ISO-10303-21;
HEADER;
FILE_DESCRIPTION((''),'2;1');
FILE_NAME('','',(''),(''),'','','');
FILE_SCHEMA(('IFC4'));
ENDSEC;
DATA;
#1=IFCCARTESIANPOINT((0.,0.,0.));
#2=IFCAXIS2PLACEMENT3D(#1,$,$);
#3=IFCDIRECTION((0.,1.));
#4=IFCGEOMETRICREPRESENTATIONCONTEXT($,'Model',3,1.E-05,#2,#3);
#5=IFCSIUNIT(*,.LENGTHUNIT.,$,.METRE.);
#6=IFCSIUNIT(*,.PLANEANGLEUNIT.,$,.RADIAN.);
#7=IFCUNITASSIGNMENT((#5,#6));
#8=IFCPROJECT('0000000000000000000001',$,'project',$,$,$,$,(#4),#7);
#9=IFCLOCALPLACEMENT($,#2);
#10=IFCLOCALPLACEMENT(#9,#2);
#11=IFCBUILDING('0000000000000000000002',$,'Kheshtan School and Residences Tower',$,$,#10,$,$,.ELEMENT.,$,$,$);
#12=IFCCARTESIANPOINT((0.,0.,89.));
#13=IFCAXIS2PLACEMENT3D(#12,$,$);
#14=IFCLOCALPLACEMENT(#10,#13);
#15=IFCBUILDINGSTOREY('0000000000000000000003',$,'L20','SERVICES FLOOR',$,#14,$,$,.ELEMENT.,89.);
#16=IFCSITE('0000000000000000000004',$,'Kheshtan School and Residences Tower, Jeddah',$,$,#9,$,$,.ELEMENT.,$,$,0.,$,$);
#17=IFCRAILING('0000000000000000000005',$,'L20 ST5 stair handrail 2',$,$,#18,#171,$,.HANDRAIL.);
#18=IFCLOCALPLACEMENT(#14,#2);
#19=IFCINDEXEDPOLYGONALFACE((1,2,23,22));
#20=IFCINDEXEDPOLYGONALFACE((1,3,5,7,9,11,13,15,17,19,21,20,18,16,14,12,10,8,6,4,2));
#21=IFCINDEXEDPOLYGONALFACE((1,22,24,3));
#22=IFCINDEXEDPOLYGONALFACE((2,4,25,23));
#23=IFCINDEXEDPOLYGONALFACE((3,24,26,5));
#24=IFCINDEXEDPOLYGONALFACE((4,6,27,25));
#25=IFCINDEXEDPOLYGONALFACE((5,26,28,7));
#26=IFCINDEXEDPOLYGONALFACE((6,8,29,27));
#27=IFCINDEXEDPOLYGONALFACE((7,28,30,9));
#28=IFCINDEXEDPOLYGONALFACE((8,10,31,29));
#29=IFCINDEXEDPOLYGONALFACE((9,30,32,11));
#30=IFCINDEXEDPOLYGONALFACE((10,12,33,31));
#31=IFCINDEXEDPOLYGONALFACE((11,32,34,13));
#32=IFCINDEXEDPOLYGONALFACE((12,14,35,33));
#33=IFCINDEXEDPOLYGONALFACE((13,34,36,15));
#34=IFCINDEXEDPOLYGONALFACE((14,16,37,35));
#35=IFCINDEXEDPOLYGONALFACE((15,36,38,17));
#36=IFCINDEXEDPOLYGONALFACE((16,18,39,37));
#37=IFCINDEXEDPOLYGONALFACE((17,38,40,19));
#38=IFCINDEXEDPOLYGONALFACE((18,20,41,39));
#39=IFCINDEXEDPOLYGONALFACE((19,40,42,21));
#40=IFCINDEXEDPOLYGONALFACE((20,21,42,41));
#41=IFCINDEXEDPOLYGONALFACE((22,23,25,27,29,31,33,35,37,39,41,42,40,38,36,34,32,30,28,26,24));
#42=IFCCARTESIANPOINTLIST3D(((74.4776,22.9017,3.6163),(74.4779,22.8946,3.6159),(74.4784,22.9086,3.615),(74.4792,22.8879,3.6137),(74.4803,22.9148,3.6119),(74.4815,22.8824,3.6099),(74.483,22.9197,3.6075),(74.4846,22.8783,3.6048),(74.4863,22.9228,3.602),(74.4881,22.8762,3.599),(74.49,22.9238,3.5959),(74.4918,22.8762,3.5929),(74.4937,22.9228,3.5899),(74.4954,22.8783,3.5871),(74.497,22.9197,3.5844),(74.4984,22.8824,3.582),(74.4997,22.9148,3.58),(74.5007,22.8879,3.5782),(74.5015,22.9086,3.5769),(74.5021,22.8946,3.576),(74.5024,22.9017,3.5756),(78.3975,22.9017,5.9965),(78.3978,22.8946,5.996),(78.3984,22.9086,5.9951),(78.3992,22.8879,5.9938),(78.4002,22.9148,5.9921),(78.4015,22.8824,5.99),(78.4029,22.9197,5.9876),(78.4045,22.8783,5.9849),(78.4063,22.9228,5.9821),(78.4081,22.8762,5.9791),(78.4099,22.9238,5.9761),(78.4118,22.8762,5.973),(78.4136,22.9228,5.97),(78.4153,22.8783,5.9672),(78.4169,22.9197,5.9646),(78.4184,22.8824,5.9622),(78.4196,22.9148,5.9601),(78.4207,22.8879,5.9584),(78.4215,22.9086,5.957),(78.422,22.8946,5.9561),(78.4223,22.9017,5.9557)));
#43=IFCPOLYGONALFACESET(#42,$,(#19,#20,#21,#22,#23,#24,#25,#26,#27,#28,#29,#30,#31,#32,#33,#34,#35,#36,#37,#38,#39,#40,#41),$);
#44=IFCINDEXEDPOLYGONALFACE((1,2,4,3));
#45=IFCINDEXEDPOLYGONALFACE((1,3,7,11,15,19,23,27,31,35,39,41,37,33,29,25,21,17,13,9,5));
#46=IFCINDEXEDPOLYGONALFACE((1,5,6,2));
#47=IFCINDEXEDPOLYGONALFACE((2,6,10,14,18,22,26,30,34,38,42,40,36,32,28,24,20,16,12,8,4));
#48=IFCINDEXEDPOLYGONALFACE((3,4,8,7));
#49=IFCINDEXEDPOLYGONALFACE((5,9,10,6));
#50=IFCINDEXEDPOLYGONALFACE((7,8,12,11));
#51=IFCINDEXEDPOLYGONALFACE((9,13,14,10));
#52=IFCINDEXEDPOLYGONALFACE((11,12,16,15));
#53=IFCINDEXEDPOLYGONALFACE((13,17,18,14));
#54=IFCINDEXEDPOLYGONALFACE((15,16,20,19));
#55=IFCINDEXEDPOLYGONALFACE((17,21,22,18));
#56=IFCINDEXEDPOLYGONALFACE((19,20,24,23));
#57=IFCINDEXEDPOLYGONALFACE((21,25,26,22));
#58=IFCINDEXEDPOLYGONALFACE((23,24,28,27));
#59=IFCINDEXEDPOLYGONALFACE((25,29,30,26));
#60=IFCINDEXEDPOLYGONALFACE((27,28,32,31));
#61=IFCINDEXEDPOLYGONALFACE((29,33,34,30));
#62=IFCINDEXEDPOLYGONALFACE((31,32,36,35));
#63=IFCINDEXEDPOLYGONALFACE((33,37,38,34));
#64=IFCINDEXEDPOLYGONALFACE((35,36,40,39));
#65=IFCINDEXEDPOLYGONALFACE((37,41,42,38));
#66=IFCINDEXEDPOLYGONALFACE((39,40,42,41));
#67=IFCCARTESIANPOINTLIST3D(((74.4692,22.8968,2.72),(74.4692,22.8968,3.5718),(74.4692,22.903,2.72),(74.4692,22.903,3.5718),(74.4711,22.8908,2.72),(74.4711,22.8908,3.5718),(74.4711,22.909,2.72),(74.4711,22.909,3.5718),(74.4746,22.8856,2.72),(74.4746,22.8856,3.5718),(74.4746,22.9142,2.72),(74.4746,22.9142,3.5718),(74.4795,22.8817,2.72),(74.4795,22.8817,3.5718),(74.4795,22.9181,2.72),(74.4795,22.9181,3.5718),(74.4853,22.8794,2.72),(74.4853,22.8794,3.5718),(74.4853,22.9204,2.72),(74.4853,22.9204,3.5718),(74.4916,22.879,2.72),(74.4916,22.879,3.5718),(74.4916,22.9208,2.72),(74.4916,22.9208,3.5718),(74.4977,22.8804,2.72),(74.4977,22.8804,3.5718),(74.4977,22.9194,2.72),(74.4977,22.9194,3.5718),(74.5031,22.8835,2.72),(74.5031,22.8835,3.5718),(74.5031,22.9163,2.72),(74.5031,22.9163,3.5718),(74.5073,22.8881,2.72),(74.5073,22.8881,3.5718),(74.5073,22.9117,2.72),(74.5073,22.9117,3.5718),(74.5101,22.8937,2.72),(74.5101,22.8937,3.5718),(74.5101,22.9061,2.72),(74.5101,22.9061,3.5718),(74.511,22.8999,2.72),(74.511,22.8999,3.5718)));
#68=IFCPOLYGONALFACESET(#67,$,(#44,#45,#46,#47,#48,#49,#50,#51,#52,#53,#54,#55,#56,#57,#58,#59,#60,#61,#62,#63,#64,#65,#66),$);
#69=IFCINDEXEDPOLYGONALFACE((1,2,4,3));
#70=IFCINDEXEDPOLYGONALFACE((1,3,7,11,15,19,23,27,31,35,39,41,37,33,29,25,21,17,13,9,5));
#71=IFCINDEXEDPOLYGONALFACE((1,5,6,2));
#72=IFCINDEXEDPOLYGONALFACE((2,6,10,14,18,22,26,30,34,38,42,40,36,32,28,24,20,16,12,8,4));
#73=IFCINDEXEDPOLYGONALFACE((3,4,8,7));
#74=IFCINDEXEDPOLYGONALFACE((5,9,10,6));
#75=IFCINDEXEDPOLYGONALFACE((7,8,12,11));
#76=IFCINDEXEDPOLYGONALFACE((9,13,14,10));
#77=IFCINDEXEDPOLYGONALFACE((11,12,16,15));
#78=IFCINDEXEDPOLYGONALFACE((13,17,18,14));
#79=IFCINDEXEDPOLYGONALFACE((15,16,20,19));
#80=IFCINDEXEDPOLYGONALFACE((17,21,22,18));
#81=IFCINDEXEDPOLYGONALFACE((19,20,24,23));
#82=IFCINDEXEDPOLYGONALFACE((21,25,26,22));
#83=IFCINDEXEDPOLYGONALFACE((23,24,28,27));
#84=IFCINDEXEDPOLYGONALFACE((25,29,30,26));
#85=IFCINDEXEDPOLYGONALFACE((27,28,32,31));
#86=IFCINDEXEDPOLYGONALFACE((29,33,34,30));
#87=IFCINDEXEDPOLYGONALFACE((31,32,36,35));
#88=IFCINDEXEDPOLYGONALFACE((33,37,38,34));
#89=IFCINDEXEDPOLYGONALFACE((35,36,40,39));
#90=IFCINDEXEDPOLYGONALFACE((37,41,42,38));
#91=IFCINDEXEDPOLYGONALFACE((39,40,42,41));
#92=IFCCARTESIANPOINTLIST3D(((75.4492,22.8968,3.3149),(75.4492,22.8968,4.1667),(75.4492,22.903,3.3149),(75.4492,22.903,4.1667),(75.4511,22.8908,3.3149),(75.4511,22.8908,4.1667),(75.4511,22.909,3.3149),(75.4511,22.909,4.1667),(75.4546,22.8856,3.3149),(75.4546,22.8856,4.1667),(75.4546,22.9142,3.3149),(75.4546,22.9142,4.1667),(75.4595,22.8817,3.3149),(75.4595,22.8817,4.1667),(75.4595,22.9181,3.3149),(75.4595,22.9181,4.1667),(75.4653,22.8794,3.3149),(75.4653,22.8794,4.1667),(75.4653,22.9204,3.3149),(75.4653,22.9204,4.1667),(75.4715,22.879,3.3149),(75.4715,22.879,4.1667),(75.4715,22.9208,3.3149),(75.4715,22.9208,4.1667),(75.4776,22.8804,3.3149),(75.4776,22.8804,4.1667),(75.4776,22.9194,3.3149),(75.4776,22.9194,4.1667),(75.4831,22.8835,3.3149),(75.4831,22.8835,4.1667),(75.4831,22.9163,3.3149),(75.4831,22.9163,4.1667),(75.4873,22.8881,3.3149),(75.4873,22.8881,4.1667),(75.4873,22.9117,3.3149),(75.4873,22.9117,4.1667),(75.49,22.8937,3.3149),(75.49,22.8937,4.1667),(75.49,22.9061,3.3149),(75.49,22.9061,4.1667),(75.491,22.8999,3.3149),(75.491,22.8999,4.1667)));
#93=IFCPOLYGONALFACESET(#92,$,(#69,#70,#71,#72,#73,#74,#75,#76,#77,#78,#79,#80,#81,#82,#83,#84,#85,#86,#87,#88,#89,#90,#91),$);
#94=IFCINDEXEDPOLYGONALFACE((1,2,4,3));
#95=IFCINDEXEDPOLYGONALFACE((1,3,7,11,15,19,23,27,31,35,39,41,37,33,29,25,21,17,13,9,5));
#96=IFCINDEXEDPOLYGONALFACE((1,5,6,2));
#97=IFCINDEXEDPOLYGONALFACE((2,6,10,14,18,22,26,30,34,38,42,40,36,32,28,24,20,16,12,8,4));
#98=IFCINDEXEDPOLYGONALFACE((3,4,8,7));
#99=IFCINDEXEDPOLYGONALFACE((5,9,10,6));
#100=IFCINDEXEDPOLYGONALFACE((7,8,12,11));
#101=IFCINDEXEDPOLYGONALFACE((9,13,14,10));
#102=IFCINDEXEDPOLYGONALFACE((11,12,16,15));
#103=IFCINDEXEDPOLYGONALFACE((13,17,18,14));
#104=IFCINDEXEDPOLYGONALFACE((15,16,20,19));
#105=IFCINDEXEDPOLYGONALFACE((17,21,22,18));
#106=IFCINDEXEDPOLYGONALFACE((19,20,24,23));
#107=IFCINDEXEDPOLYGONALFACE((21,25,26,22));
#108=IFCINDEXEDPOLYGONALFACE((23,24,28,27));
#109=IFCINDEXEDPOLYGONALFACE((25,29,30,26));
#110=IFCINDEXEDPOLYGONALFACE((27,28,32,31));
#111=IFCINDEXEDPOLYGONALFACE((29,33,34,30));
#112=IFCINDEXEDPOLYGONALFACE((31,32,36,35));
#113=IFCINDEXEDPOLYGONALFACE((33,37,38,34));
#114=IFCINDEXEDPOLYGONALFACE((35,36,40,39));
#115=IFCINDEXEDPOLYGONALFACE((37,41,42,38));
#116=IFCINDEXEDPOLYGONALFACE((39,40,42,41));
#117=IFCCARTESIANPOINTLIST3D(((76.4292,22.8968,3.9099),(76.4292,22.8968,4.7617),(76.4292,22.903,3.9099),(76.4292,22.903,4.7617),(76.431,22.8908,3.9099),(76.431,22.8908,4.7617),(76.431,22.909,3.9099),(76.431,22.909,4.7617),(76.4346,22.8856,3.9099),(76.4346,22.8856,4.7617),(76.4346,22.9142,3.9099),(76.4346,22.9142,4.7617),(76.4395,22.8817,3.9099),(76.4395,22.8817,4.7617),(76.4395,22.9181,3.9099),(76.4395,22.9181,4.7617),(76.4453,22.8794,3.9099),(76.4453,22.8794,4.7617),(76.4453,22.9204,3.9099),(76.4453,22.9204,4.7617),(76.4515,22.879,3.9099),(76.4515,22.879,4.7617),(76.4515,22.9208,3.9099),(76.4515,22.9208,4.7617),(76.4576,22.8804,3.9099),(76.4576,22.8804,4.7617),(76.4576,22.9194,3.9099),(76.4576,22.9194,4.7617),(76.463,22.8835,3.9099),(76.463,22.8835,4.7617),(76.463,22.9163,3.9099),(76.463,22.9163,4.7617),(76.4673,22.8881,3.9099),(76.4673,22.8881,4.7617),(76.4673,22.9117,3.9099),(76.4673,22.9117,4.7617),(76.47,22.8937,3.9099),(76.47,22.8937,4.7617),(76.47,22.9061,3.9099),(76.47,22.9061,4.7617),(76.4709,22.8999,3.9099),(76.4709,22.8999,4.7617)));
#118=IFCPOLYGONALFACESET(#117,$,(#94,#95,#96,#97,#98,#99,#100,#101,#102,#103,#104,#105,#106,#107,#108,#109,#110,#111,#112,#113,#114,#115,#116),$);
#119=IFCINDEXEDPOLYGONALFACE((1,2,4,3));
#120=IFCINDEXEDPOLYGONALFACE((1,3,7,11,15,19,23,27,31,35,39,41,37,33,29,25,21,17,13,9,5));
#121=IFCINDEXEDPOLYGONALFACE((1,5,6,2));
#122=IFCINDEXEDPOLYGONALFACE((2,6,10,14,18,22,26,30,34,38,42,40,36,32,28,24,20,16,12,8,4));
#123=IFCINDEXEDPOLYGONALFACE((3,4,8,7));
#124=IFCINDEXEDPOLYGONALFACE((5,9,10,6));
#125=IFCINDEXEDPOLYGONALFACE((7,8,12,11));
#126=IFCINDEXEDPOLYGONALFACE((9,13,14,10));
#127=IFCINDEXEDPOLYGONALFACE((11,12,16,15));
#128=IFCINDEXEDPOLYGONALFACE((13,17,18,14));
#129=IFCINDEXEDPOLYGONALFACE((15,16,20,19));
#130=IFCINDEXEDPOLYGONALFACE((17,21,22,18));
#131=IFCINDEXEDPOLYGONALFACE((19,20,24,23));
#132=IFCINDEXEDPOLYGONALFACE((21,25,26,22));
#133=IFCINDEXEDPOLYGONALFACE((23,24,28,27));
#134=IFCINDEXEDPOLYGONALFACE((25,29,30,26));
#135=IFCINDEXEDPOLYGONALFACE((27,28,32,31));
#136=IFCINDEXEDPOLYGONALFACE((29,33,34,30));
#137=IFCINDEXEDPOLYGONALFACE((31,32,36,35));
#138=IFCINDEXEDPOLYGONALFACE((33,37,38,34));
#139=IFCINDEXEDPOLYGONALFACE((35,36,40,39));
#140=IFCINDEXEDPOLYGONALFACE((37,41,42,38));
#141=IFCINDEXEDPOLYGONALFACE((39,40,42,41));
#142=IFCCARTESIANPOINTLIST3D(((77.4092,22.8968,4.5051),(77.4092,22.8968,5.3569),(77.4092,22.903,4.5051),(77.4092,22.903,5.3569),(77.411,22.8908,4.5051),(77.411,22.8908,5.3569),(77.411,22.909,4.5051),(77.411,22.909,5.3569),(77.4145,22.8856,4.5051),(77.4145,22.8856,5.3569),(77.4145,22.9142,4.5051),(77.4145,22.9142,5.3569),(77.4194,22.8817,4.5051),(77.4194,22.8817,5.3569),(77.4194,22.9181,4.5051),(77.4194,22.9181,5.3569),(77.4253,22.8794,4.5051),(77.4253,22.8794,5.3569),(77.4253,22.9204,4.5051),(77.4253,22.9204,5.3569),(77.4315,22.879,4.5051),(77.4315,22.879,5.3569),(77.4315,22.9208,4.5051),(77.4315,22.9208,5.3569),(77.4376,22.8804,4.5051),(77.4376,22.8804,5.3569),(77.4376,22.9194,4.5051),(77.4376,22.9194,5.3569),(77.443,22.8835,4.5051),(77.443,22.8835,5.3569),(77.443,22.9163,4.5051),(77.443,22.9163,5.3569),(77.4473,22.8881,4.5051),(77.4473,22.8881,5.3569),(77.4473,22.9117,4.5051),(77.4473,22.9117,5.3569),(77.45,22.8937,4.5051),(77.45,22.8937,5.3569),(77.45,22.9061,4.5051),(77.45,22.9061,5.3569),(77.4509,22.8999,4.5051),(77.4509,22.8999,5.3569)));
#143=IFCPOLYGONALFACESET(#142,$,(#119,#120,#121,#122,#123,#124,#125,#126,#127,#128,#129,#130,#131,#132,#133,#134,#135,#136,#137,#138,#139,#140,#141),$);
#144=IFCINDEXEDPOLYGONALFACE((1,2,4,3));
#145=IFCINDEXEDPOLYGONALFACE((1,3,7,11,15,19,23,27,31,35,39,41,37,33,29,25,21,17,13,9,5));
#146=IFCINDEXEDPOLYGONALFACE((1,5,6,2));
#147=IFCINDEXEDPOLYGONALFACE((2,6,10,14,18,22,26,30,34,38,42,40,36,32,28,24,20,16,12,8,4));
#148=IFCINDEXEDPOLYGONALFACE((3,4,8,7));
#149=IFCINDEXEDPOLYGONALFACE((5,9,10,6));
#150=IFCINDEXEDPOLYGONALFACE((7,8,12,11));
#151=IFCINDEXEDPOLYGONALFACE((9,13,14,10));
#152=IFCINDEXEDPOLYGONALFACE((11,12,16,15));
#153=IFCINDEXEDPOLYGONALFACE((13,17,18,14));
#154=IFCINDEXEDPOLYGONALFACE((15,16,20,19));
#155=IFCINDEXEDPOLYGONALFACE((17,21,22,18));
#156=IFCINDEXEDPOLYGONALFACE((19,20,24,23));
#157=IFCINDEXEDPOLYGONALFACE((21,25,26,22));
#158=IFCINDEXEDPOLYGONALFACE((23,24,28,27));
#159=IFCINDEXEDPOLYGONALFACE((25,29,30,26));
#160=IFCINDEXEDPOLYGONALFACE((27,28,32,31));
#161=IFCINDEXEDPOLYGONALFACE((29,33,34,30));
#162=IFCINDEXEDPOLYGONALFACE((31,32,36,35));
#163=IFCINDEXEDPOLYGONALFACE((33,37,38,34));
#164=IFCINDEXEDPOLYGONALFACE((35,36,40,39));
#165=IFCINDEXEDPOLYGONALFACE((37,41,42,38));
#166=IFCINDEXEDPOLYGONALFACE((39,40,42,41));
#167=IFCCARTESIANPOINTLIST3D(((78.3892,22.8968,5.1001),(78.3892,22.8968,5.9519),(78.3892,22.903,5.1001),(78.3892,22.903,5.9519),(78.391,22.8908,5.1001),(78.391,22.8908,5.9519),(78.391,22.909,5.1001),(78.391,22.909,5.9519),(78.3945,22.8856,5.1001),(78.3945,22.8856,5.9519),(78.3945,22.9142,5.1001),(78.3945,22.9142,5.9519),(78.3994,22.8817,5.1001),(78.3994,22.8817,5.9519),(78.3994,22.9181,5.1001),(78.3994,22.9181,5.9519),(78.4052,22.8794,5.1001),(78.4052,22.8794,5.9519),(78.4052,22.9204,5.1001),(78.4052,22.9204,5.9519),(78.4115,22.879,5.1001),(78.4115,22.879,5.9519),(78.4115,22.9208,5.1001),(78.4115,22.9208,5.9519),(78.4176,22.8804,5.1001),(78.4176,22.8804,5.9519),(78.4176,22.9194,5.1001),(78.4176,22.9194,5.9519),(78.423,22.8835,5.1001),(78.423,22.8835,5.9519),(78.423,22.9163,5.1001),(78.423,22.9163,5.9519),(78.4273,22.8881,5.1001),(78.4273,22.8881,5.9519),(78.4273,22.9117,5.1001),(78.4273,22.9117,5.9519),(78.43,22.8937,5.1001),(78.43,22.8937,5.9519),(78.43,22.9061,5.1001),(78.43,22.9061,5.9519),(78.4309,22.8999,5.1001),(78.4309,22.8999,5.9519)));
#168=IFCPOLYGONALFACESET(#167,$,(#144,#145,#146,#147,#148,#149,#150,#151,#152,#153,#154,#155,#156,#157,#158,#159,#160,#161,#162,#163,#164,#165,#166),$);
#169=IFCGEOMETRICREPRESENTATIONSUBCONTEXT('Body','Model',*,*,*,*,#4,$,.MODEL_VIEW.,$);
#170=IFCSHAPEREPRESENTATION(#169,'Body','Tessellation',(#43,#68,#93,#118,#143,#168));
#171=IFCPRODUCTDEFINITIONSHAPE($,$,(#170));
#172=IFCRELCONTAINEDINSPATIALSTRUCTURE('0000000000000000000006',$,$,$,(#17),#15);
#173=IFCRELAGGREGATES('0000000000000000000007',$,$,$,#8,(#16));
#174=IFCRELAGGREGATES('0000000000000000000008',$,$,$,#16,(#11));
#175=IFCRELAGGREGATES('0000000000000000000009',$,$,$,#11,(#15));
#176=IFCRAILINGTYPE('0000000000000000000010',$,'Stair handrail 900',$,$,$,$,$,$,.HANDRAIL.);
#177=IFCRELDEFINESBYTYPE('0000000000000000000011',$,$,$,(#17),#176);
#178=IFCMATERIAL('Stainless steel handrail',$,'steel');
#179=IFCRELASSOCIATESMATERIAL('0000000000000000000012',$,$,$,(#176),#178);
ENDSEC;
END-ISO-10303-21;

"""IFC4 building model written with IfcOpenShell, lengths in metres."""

from ifc_helpers import new_model, si_unit, direction, frame, origin, origin_2d, place, context, subcontext, project, spatial, circle, extrude, material, type_object, element, save


model = new_model("IFC4")

# Units and contexts
model_context = context("Model", 3, precision=1e-05, world=origin(), true_north=direction((0.0, 1.0)))
body_context = subcontext(model_context, "Body", "Model", "MODEL_VIEW")
ifc_project = project(units=[si_unit("LENGTHUNIT", "METRE"), si_unit("PLANEANGLEUNIT", "RADIAN")], contexts=[model_context])

# Site, building, storey
site_placement = place(None, origin())
site = spatial("IfcSite", under=ifc_project, at=site_placement, Name="Kheshtan School and Residences Tower, Jeddah", CompositionType="ELEMENT", RefElevation=0.0)
building_placement = place(site_placement, origin())
building = spatial("IfcBuilding", under=site, at=building_placement, Name="Kheshtan School and Residences Tower", CompositionType="ELEMENT")
storey_placement = place(building_placement, frame((0.0, 0.0, 89.0)))
storey = spatial("IfcBuildingStorey", under=building, at=storey_placement, Name="L20", Description="SERVICES FLOOR", CompositionType="ELEMENT", Elevation=89.0)

# Railing
ifc_material_1 = material(Name="Stainless steel handrail", Category="steel")
railing_type = type_object("IfcRailingType", Name="Stair handrail 900", PredefinedType="HANDRAIL", material=ifc_material_1)
railing_placement = place(storey_placement, frame((74.49, 22.8999, 2.72)))
element("IfcRailing", 1, at=railing_placement, inside=storey, type_object=railing_type, Name="L20 ST5 stair handrail 2", PredefinedType="HANDRAIL", context=body_context, shape_type="SweptSolid", body=[
    extrude(circle(Radius=0.0239, at=origin_2d()), frame((0.0, 0.0, 0.876), z_axis=(0.854771, 0.0, 0.519006), x_axis=(0.0, 1.0, 0.0)), (0.0, 0.0, 1.0), 4.5859),
    extrude(circle(Radius=0.021, at=origin_2d()), origin(), (0.0, 0.0, 1.0), 0.8518),
    extrude(circle(Radius=0.021, at=origin_2d()), frame((0.98, 0.0, 0.595)), (0.0, 0.0, 1.0), 0.8518),
    extrude(circle(Radius=0.021, at=origin_2d()), frame((1.96, 0.0, 1.1899)), (0.0, 0.0, 1.0), 0.8518),
    extrude(circle(Radius=0.021, at=origin_2d()), frame((2.9399, 0.0, 1.7852)), (0.0, 0.0, 1.0), 0.8518),
    extrude(circle(Radius=0.021, at=origin_2d()), frame((3.9199, 0.0, 2.3801)), (0.0, 0.0, 1.0), 0.8518),
])

save(model, "model.ifc")
